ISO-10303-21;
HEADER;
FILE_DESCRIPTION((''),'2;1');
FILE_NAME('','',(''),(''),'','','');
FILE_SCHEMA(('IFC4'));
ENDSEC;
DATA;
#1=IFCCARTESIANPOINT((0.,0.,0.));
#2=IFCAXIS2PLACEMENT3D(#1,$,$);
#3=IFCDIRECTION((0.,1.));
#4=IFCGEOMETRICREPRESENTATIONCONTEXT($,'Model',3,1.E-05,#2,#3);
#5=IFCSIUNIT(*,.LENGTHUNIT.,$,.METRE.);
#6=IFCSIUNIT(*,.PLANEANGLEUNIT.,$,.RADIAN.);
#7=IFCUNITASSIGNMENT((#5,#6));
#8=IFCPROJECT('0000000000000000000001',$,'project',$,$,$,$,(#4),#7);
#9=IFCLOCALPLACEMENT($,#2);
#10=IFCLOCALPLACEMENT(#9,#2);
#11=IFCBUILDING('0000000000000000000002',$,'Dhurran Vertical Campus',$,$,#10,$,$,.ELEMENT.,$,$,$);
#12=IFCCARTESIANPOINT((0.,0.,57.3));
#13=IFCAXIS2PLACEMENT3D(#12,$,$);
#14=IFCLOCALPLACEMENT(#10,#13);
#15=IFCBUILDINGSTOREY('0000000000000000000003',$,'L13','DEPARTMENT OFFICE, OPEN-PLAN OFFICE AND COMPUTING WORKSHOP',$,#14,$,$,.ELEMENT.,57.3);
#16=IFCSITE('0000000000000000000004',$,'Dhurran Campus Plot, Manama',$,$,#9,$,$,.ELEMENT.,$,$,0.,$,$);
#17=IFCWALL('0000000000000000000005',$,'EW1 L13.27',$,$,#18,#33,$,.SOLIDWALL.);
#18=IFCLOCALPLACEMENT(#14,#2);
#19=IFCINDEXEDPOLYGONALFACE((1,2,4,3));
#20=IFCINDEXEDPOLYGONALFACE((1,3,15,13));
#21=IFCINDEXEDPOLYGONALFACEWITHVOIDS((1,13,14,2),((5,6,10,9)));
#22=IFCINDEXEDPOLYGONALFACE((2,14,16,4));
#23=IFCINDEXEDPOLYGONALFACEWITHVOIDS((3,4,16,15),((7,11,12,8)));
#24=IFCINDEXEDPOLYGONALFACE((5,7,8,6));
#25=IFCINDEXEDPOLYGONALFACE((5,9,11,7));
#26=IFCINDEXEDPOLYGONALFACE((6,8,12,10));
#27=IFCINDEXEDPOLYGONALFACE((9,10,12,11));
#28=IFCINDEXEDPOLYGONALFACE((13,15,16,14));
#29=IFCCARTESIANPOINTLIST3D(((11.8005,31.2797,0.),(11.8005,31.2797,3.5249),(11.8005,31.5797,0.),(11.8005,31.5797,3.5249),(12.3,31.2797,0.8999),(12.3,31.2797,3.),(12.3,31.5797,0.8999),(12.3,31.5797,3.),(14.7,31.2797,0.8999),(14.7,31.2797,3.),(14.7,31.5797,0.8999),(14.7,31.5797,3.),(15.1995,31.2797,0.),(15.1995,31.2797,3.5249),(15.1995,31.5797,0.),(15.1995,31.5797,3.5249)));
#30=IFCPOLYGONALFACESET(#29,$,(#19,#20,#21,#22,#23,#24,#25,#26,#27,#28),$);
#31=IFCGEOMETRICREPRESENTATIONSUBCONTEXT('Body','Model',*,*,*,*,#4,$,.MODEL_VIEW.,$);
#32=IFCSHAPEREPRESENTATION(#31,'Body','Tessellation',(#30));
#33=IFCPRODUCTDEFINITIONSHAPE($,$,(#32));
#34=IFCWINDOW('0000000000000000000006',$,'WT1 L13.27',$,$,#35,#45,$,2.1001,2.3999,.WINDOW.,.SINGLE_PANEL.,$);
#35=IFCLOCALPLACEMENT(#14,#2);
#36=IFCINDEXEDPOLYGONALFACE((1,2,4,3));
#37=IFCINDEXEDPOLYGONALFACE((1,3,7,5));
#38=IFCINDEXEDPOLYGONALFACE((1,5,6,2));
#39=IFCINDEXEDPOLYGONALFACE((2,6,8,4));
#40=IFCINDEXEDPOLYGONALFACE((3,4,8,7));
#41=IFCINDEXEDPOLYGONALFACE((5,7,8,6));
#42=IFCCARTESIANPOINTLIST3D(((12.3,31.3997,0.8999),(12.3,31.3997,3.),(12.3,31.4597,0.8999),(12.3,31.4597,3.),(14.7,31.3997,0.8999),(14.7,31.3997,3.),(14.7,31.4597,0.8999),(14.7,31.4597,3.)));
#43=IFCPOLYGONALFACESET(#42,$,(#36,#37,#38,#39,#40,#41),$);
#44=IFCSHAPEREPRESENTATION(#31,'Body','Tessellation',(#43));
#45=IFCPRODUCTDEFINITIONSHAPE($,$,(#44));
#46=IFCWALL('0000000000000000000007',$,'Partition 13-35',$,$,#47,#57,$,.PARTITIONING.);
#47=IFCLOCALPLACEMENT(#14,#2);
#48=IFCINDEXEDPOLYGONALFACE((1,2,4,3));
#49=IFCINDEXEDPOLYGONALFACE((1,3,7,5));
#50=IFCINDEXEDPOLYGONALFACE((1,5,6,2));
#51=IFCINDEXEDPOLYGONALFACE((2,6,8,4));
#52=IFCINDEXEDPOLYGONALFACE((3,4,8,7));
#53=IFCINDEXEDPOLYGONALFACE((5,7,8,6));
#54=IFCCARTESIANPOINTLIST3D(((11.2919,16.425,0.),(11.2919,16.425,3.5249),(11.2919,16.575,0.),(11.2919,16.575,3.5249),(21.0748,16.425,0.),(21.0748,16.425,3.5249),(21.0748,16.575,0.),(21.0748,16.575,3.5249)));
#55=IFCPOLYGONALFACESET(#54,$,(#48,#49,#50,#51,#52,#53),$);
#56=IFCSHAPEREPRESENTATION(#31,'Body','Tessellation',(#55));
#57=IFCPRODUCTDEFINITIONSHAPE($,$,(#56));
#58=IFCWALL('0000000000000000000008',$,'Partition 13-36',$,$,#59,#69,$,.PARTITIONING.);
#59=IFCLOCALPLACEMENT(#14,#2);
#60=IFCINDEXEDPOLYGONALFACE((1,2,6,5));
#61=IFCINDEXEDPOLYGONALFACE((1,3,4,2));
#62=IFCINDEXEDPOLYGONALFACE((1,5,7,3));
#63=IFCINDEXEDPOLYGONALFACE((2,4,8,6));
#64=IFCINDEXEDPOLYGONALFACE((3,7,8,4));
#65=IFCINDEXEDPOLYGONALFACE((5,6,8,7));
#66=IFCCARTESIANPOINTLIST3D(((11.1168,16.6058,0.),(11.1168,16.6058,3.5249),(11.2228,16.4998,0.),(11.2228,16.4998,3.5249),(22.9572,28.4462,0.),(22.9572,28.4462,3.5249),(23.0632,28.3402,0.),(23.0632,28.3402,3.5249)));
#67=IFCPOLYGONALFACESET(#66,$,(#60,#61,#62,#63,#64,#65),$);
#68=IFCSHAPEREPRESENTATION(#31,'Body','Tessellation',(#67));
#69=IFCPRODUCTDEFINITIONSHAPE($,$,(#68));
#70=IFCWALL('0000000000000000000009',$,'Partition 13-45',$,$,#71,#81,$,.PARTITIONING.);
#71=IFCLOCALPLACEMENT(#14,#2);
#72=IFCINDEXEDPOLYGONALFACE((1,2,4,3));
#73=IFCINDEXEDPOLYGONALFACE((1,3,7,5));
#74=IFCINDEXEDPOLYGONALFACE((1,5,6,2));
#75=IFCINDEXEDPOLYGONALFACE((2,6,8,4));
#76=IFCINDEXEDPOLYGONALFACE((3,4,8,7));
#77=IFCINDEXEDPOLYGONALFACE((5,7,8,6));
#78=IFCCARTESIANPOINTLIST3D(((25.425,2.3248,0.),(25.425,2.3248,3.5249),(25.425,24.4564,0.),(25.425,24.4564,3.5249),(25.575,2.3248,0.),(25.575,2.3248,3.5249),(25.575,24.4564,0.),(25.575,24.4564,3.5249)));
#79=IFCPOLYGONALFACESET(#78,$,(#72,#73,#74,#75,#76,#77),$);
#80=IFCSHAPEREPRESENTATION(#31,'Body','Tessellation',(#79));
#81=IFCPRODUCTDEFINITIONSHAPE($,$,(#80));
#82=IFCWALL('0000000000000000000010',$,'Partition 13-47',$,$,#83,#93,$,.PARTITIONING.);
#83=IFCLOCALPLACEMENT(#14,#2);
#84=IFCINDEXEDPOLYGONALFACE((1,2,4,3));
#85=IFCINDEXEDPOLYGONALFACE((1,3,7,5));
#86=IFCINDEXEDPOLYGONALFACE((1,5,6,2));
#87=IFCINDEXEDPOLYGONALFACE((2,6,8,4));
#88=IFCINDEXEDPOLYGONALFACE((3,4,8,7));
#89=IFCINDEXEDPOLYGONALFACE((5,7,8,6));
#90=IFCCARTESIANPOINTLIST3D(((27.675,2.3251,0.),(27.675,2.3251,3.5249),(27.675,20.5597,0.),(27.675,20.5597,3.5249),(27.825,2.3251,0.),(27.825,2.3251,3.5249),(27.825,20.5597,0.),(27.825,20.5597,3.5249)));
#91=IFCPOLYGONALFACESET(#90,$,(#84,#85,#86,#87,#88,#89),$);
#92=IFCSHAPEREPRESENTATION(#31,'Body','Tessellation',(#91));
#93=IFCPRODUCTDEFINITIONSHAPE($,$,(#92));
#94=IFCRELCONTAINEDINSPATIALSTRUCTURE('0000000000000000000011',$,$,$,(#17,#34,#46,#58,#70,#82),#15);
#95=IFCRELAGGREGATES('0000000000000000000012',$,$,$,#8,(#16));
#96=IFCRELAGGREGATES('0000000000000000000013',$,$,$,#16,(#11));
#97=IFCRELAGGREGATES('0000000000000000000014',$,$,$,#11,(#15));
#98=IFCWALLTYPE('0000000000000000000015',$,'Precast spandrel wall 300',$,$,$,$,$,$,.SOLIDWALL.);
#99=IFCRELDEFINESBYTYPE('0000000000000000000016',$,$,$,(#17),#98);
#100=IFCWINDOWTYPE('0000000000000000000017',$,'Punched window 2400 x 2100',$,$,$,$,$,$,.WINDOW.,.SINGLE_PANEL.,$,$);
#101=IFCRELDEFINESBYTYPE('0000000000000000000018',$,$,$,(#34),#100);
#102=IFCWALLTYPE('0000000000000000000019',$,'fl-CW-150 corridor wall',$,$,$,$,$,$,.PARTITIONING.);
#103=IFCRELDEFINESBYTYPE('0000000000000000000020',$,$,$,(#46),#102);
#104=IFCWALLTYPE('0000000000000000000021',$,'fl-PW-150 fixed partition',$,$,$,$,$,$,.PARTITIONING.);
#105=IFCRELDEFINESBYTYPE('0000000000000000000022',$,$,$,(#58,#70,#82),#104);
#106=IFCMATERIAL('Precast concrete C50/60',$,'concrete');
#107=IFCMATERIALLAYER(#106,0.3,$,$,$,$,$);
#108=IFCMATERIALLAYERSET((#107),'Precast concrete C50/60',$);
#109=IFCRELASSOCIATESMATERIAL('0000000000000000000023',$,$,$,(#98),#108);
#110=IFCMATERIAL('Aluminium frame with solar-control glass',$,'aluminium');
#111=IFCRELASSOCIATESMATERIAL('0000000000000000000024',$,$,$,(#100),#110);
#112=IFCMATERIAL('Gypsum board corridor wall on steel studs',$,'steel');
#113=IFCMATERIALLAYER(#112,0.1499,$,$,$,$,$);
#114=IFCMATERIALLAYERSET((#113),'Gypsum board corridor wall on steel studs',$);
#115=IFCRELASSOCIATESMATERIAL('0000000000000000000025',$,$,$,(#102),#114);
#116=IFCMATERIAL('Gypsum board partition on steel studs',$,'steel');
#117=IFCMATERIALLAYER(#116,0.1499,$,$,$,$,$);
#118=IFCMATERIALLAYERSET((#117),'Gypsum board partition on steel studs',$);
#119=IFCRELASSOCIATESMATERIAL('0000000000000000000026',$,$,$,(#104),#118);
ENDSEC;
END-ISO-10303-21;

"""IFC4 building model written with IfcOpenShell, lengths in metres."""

from ifc_helpers import new_model, si_unit, direction, frame, frame_2d, origin, place, context, subcontext, project, spatial, rectangle, extrude, material, layer, layer_set, type_object, element, fill, save


model = new_model("IFC4")

# Units and contexts
model_context = context("Model", 3, precision=1e-05, world=origin(), true_north=direction((0.0, 1.0)))
body_context = subcontext(model_context, "Body", "Model", "MODEL_VIEW")
ifc_project = project(units=[si_unit("LENGTHUNIT", "METRE"), si_unit("PLANEANGLEUNIT", "RADIAN")], contexts=[model_context])

# Site, building, storey
site_placement = place(None, origin())
site = spatial("IfcSite", under=ifc_project, at=site_placement, Name="Dhurran Campus Plot, Manama", CompositionType="ELEMENT", RefElevation=0.0)
building_placement = place(site_placement, origin())
building = spatial("IfcBuilding", under=site, at=building_placement, Name="Dhurran Vertical Campus", CompositionType="ELEMENT")
storey_placement = place(building_placement, frame((0.0, 0.0, 57.3)))
storey = spatial("IfcBuildingStorey", under=building, at=storey_placement, Name="L13", Description="DEPARTMENT OFFICE, OPEN-PLAN OFFICE AND COMPUTING WORKSHOP", CompositionType="ELEMENT", Elevation=57.3)

# Wall, opening, window
ifc_material_1 = material(Name="Precast concrete C50/60", Category="concrete")
ifc_layer_1 = layer(ifc_material_1, 0.3)
ifc_layer_set_1 = layer_set([ifc_layer_1], Name="Precast concrete C50/60")
wall_type_1 = type_object("IfcWallType", Name="Precast spandrel wall 300", PredefinedType="SOLIDWALL", material=ifc_layer_set_1)
ifc_material_2 = material(Name="Aluminium frame with solar-control glass", Category="aluminium")
window_type = type_object("IfcWindowType", Name="Punched window 2400 x 2100", PartitioningType="SINGLE_PANEL", PredefinedType="WINDOW", material=ifc_material_2)
wall_1_placement = place(storey_placement, frame((15.1995, 31.4297, 0.0), z_axis=(0.0, 0.0, 1.0), x_axis=(-1.0, 0.0, 0.0)))
wall_1 = element("IfcWall", 1, at=wall_1_placement, inside=storey, type_object=wall_type_1, Name="EW1 L13.27", PredefinedType="SOLIDWALL", context=body_context, shape_type="SweptSolid", body=[
    extrude(rectangle(XDim=3.3989, YDim=0.3, at=frame_2d((1.6995, 0.0))), origin(), (0.0, 0.0, 1.0), 3.5249),
])
opening_1_placement = place(wall_1_placement, frame((0.4995, 0.0, 0.8999)))
opening_1 = element("IfcOpeningElement", 2, at=opening_1_placement, cuts=wall_1, PredefinedType="OPENING", context=body_context, shape_type="SweptSolid", body=[
    extrude(rectangle(XDim=2.3999, YDim=2.1001, at=frame_2d((1.2, 1.05))), frame((0.0, 0.1599, 0.0), z_axis=(0.0, -1.0, 0.0), x_axis=(1.0, 0.0, 0.0)), (0.0, 0.0, 1.0), 0.3201),
])
window_1_placement = place(opening_1_placement, origin())
window_1 = element("IfcWindow", 3, at=window_1_placement, inside=storey, type_object=window_type, Name="WT1 L13.27", OverallHeight=2.1001, OverallWidth=2.3999, PartitioningType="SINGLE_PANEL", PredefinedType="WINDOW", context=body_context, shape_type="SweptSolid", body=[
    extrude(rectangle(XDim=2.3999, YDim=2.1001, at=frame_2d((1.2, 1.05))), frame((0.0, 0.03, 0.0), z_axis=(0.0, -1.0, 0.0), x_axis=(1.0, 0.0, 0.0)), (0.0, 0.0, 1.0), 0.0601),
])
fill(opening_1, window_1)

# Walls
ifc_material_3 = material(Name="Gypsum board corridor wall on steel studs", Category="steel")
ifc_layer_2 = layer(ifc_material_3, 0.1499)
ifc_layer_set_2 = layer_set([ifc_layer_2], Name="Gypsum board corridor wall on steel studs")
wall_type_2 = type_object("IfcWallType", Name="fl-CW-150 corridor wall", PredefinedType="PARTITIONING", material=ifc_layer_set_2)
wall_2_placement = place(storey_placement, frame((21.075, 16.5, 0.0), z_axis=(0.0, 0.0, 1.0), x_axis=(-1.0, 0.0, 0.0)))
element("IfcWall", 4, at=wall_2_placement, inside=storey, type_object=wall_type_2, Name="Partition 13-35", PredefinedType="PARTITIONING", context=body_context, shape_type="SweptSolid", body=[
    extrude(rectangle(XDim=9.783, YDim=0.1499, at=frame_2d((4.8916, 0.0))), origin(), (0.0, 0.0, 1.0), 3.5249),
])
ifc_material_4 = material(Name="Gypsum board partition on steel studs", Category="steel")
ifc_layer_3 = layer(ifc_material_4, 0.1499)
ifc_layer_set_3 = layer_set([ifc_layer_3], Name="Gypsum board partition on steel studs")
wall_type_3 = type_object("IfcWallType", Name="fl-PW-150 fixed partition", PredefinedType="PARTITIONING", material=ifc_layer_set_3)
wall_3_placement = place(storey_placement, frame((23.0103, 28.3933, 0.0), z_axis=(0.0, 0.0, 1.0), x_axis=(-0.707107, -0.707107, 0.0)))
element("IfcWall", 5, at=wall_3_placement, inside=storey, type_object=wall_type_3, Name="Partition 13-36", PredefinedType="PARTITIONING", context=body_context, shape_type="SweptSolid", body=[
    extrude(rectangle(XDim=16.7449, YDim=0.1499, at=frame_2d((8.3726, 0.0))), origin(), (0.0, 0.0, 1.0), 3.5249),
])
wall_4_placement = place(storey_placement, frame((25.5, 24.4565, 0.0), z_axis=(0.0, 0.0, 1.0), x_axis=(0.0, -1.0, 0.0)))
element("IfcWall", 6, at=wall_4_placement, inside=storey, type_object=wall_type_3, Name="Partition 13-45", PredefinedType="PARTITIONING", context=body_context, shape_type="SweptSolid", body=[
    extrude(rectangle(XDim=22.1316, YDim=0.1499, at=frame_2d((11.0659, 0.0))), origin(), (0.0, 0.0, 1.0), 3.5249),
])
wall_5_placement = place(storey_placement, frame((27.75, 20.5596, 0.0), z_axis=(0.0, 0.0, 1.0), x_axis=(0.0, -1.0, 0.0)))
element("IfcWall", 7, at=wall_5_placement, inside=storey, type_object=wall_type_3, Name="Partition 13-47", PredefinedType="PARTITIONING", context=body_context, shape_type="SweptSolid", body=[
    extrude(rectangle(XDim=18.2346, YDim=0.1499, at=frame_2d((9.1172, 0.0))), origin(), (0.0, 0.0, 1.0), 3.5249),
])

save(model, "model.ifc")
